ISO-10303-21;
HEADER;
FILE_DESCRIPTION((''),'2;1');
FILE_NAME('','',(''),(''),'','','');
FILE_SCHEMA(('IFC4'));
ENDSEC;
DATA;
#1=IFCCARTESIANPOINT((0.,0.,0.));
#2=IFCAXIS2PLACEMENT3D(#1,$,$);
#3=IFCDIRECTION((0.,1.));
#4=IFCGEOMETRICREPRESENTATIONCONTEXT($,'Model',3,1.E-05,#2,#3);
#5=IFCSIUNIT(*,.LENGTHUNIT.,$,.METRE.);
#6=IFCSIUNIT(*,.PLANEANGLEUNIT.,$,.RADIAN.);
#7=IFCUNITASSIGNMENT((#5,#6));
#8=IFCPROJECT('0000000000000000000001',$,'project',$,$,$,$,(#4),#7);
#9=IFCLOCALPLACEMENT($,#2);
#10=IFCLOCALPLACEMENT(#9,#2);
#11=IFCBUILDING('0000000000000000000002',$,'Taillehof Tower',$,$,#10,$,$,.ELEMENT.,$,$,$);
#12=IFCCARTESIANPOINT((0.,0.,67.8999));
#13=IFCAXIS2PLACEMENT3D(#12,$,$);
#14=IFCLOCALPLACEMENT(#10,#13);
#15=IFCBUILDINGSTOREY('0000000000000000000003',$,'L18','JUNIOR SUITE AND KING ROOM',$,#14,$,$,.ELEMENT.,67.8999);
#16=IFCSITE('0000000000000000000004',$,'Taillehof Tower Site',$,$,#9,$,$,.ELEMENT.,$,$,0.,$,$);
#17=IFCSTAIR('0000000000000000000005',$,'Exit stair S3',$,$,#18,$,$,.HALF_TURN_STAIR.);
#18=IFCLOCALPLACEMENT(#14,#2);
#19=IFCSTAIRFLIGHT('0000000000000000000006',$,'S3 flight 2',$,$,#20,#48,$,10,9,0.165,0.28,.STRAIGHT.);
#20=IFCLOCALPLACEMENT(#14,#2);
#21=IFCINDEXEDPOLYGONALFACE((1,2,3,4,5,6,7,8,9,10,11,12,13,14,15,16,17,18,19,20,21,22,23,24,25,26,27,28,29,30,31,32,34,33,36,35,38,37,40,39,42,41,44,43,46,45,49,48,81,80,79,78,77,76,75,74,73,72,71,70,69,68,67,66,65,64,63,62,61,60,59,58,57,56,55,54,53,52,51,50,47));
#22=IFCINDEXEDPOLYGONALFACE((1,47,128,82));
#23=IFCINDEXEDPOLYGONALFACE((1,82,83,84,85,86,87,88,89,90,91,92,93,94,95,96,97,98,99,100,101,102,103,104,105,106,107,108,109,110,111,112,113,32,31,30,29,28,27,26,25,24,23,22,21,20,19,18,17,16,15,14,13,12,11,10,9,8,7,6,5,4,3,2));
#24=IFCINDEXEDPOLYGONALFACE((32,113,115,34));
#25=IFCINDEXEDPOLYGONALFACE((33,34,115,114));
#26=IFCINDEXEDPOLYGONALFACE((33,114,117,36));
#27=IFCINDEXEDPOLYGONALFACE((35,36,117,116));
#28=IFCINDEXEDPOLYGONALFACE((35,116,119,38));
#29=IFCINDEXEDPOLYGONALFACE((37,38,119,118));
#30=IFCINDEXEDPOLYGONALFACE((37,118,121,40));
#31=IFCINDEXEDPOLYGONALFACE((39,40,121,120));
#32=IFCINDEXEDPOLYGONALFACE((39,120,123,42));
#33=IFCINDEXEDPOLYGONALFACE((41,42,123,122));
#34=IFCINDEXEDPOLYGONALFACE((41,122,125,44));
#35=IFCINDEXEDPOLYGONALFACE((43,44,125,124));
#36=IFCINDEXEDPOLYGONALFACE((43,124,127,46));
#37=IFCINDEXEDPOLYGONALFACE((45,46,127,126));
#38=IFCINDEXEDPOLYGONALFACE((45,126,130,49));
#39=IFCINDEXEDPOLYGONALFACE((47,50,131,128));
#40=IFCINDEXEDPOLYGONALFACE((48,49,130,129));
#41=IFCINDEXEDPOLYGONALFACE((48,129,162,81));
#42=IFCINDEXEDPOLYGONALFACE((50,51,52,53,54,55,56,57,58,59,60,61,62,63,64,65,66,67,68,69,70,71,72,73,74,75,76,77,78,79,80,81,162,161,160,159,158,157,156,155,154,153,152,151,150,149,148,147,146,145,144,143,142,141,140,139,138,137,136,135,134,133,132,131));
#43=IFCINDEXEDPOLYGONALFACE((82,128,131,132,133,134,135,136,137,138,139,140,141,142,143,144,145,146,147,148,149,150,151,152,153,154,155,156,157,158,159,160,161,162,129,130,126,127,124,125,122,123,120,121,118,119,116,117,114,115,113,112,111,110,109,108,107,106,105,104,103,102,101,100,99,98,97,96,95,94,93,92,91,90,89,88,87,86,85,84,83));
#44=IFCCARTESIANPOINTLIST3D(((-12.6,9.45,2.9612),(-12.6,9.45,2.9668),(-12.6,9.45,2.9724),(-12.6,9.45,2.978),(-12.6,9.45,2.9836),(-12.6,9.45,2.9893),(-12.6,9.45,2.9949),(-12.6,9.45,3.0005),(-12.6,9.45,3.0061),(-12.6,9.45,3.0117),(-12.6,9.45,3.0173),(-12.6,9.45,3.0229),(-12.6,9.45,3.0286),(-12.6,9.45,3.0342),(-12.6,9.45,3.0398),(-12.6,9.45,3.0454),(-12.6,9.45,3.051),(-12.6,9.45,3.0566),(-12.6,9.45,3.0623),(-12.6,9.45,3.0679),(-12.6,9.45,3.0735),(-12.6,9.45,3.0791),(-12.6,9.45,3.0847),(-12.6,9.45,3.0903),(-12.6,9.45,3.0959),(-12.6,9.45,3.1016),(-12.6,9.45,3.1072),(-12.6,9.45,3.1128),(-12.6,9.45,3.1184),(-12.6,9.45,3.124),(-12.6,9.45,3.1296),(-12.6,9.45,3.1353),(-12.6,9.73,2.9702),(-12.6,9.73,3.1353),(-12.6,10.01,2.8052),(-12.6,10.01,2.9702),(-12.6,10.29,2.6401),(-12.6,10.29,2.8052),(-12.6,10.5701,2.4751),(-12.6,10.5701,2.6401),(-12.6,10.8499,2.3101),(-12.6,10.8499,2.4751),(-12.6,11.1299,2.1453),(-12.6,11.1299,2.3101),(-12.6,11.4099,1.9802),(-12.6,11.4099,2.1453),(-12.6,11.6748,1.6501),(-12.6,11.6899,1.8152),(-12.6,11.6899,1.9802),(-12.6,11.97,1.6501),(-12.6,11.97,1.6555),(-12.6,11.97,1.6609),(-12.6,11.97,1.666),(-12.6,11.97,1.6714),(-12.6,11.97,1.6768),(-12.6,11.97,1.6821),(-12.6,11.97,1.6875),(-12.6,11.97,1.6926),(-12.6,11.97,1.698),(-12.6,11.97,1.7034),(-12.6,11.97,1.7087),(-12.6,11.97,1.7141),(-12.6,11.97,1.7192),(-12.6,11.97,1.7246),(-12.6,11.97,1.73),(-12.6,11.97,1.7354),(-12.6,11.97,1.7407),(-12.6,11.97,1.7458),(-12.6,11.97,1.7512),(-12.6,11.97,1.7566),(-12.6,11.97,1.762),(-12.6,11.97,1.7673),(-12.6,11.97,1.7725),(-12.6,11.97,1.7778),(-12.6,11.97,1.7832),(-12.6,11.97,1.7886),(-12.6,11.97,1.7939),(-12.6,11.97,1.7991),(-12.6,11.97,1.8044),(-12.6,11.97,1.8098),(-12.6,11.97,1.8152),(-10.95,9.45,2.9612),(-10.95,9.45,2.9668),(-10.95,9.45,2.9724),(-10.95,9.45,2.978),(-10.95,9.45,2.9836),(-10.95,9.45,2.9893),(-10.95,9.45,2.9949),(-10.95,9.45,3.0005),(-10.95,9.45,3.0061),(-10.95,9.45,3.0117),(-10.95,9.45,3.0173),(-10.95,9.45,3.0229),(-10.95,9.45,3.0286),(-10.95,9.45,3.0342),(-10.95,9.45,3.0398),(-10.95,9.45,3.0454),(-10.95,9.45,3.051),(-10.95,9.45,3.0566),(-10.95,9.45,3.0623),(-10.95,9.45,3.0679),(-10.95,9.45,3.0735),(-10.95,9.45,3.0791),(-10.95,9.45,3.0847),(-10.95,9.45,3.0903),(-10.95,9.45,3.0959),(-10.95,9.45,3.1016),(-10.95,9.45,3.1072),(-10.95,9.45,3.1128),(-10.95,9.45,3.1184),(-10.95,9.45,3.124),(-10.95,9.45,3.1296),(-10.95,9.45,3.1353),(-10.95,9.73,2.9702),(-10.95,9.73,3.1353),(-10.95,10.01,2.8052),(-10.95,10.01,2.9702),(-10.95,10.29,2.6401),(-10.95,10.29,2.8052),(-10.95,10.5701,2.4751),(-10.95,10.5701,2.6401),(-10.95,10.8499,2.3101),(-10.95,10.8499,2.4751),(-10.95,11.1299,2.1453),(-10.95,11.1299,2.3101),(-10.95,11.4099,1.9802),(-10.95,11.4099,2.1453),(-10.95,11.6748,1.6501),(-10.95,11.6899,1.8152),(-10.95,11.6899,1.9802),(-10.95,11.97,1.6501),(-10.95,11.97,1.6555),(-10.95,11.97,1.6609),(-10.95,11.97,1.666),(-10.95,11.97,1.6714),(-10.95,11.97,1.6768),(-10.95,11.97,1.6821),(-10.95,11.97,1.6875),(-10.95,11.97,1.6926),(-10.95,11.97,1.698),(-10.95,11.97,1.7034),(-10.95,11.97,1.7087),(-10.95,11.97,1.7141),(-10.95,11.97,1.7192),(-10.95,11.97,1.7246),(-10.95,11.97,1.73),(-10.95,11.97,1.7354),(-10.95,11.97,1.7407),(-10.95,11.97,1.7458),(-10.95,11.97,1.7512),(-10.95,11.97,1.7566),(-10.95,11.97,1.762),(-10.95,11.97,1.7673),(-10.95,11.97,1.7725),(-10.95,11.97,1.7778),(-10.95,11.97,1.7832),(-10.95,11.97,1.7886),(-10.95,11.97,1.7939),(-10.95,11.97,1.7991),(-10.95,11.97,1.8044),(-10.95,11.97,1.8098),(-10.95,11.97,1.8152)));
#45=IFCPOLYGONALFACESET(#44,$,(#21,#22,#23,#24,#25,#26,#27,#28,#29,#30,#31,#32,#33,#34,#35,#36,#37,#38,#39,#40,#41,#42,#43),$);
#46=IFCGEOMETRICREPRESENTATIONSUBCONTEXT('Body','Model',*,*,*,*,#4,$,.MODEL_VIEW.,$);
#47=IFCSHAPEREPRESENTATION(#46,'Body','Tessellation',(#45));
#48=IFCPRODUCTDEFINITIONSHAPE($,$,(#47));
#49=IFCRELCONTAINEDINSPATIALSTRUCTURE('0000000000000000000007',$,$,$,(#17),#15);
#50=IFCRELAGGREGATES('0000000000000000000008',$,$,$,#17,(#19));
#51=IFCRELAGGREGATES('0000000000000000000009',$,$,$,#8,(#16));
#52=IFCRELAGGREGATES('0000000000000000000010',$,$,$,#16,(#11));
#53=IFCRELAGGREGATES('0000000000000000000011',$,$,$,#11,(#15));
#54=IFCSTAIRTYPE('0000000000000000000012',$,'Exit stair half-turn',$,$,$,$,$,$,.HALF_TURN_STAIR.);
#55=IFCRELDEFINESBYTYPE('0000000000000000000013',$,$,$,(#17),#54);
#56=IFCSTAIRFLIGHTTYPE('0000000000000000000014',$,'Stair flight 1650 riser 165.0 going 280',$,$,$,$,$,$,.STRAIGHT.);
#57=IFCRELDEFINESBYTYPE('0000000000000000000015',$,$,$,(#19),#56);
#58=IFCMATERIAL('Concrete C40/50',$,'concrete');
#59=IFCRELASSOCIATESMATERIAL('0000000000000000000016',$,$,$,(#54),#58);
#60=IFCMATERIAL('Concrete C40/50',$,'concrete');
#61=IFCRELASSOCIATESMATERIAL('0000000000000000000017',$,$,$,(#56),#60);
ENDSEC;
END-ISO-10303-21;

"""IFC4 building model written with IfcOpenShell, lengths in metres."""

from ifc_helpers import new_model, si_unit, direction, frame, origin, place, context, subcontext, project, spatial, polyline, outline, extrude, material, type_object, element, aggregate, save


model = new_model("IFC4")

# Units and contexts
model_context = context("Model", 3, precision=1e-05, world=origin(), true_north=direction((0.0, 1.0)))
body_context = subcontext(model_context, "Body", "Model", "MODEL_VIEW")
ifc_project = project(units=[si_unit("LENGTHUNIT", "METRE"), si_unit("PLANEANGLEUNIT", "RADIAN")], contexts=[model_context])

# Site, building, storey
site_placement = place(None, origin())
site = spatial("IfcSite", under=ifc_project, at=site_placement, Name="Taillehof Tower Site", CompositionType="ELEMENT", RefElevation=0.0)
building_placement = place(site_placement, origin())
building = spatial("IfcBuilding", under=site, at=building_placement, Name="Taillehof Tower", CompositionType="ELEMENT")
storey_placement = place(building_placement, frame((0.0, 0.0, 67.8999)))
storey = spatial("IfcBuildingStorey", under=building, at=storey_placement, Name="L18", Description="JUNIOR SUITE AND KING ROOM", CompositionType="ELEMENT", Elevation=67.8999)

# Stair, stair flight
ifc_material_1 = material(Name="Concrete C40/50", Category="concrete")
stair_type = type_object("IfcStairType", Name="Exit stair half-turn", PredefinedType="HALF_TURN_STAIR", material=ifc_material_1)
stair_placement = place(storey_placement, origin())
stair = element("IfcStair", 1, at=stair_placement, inside=storey, type_object=stair_type, Name="Exit stair S3", PredefinedType="HALF_TURN_STAIR")
ifc_material_2 = material(Name="Concrete C40/50", Category="concrete")
stair_flight_type = type_object("IfcStairFlightType", Name="Stair flight 1650 riser 165.0 going 280", PredefinedType="STRAIGHT", material=ifc_material_2)
stair_flight_1_placement = place(storey_placement, frame((-11.7749, 11.97, 1.6501), z_axis=(0.0, 0.0, 1.0), x_axis=(0.0, -1.0, 0.0)))
stair_flight_1 = element("IfcStairFlight", 2, at=stair_flight_1_placement, type_object=stair_flight_type, Name="S3 flight 2", NumberOfRisers=10, NumberOfTreads=9, PredefinedType="STRAIGHT", RiserHeight=0.165, TreadLength=0.28, context=body_context, shape_type="SweptSolid", body=[
    extrude(outline(polyline([(0.0, 0.0), (0.0, 0.0054), (0.0, 0.0107), (0.0, 0.0159), (0.0, 0.0212), (0.0, 0.0266), (0.0, 0.032), (0.0, 0.0374), (0.0, 0.0425), (0.0, 0.0479), (0.0, 0.0532), (0.0, 0.0586), (0.0, 0.064), (0.0, 0.0691), (0.0, 0.0745), (0.0, 0.0798), (0.0, 0.0852), (0.0, 0.0906), (0.0, 0.0957), (0.0, 0.1011), (0.0, 0.1064), (0.0, 0.1118), (0.0, 0.1172), (0.0, 0.1223), (0.0, 0.1277), (0.0, 0.1331), (0.0, 0.1384), (0.0, 0.1438), (0.0, 0.1489), (0.0, 0.1543), (0.0, 0.1597), (0.0, 0.165), (0.28, 0.165), (0.28, 0.3301), (0.5601, 0.3301), (0.5601, 0.4951), (0.8401, 0.4951), (0.8401, 0.6599), (1.1201, 0.6599), (1.1201, 0.825), (1.3999, 0.825), (1.3999, 0.99), (1.6799, 0.99), (1.6799, 1.155), (1.96, 1.155), (1.96, 1.3201), (2.24, 1.3201), (2.24, 1.4851), (2.52, 1.4851), (2.52, 1.4795), (2.52, 1.4739), (2.52, 1.4683), (2.52, 1.4626), (2.52, 1.457), (2.52, 1.4514), (2.52, 1.4458), (2.52, 1.4402), (2.52, 1.4346), (2.52, 1.429), (2.52, 1.4233), (2.52, 1.4177), (2.52, 1.4121), (2.52, 1.4065), (2.52, 1.4009), (2.52, 1.3953), (2.52, 1.3896), (2.52, 1.384), (2.52, 1.3784), (2.52, 1.3728), (2.52, 1.3672), (2.52, 1.3616), (2.52, 1.356), (2.52, 1.3503), (2.52, 1.3447), (2.52, 1.3391), (2.52, 1.3335), (2.52, 1.3279), (2.52, 1.3223), (2.52, 1.3167), (2.52, 1.311), (0.2952, 0.0), (0.0, 0.0)])), frame((0.0, 0.825, 0.0), z_axis=(0.0, -1.0, 0.0), x_axis=(1.0, 0.0, 0.0)), (0.0, 0.0, 1.0), 1.65),
])
aggregate(stair, [stair_flight_1])

save(model, "model.ifc")
